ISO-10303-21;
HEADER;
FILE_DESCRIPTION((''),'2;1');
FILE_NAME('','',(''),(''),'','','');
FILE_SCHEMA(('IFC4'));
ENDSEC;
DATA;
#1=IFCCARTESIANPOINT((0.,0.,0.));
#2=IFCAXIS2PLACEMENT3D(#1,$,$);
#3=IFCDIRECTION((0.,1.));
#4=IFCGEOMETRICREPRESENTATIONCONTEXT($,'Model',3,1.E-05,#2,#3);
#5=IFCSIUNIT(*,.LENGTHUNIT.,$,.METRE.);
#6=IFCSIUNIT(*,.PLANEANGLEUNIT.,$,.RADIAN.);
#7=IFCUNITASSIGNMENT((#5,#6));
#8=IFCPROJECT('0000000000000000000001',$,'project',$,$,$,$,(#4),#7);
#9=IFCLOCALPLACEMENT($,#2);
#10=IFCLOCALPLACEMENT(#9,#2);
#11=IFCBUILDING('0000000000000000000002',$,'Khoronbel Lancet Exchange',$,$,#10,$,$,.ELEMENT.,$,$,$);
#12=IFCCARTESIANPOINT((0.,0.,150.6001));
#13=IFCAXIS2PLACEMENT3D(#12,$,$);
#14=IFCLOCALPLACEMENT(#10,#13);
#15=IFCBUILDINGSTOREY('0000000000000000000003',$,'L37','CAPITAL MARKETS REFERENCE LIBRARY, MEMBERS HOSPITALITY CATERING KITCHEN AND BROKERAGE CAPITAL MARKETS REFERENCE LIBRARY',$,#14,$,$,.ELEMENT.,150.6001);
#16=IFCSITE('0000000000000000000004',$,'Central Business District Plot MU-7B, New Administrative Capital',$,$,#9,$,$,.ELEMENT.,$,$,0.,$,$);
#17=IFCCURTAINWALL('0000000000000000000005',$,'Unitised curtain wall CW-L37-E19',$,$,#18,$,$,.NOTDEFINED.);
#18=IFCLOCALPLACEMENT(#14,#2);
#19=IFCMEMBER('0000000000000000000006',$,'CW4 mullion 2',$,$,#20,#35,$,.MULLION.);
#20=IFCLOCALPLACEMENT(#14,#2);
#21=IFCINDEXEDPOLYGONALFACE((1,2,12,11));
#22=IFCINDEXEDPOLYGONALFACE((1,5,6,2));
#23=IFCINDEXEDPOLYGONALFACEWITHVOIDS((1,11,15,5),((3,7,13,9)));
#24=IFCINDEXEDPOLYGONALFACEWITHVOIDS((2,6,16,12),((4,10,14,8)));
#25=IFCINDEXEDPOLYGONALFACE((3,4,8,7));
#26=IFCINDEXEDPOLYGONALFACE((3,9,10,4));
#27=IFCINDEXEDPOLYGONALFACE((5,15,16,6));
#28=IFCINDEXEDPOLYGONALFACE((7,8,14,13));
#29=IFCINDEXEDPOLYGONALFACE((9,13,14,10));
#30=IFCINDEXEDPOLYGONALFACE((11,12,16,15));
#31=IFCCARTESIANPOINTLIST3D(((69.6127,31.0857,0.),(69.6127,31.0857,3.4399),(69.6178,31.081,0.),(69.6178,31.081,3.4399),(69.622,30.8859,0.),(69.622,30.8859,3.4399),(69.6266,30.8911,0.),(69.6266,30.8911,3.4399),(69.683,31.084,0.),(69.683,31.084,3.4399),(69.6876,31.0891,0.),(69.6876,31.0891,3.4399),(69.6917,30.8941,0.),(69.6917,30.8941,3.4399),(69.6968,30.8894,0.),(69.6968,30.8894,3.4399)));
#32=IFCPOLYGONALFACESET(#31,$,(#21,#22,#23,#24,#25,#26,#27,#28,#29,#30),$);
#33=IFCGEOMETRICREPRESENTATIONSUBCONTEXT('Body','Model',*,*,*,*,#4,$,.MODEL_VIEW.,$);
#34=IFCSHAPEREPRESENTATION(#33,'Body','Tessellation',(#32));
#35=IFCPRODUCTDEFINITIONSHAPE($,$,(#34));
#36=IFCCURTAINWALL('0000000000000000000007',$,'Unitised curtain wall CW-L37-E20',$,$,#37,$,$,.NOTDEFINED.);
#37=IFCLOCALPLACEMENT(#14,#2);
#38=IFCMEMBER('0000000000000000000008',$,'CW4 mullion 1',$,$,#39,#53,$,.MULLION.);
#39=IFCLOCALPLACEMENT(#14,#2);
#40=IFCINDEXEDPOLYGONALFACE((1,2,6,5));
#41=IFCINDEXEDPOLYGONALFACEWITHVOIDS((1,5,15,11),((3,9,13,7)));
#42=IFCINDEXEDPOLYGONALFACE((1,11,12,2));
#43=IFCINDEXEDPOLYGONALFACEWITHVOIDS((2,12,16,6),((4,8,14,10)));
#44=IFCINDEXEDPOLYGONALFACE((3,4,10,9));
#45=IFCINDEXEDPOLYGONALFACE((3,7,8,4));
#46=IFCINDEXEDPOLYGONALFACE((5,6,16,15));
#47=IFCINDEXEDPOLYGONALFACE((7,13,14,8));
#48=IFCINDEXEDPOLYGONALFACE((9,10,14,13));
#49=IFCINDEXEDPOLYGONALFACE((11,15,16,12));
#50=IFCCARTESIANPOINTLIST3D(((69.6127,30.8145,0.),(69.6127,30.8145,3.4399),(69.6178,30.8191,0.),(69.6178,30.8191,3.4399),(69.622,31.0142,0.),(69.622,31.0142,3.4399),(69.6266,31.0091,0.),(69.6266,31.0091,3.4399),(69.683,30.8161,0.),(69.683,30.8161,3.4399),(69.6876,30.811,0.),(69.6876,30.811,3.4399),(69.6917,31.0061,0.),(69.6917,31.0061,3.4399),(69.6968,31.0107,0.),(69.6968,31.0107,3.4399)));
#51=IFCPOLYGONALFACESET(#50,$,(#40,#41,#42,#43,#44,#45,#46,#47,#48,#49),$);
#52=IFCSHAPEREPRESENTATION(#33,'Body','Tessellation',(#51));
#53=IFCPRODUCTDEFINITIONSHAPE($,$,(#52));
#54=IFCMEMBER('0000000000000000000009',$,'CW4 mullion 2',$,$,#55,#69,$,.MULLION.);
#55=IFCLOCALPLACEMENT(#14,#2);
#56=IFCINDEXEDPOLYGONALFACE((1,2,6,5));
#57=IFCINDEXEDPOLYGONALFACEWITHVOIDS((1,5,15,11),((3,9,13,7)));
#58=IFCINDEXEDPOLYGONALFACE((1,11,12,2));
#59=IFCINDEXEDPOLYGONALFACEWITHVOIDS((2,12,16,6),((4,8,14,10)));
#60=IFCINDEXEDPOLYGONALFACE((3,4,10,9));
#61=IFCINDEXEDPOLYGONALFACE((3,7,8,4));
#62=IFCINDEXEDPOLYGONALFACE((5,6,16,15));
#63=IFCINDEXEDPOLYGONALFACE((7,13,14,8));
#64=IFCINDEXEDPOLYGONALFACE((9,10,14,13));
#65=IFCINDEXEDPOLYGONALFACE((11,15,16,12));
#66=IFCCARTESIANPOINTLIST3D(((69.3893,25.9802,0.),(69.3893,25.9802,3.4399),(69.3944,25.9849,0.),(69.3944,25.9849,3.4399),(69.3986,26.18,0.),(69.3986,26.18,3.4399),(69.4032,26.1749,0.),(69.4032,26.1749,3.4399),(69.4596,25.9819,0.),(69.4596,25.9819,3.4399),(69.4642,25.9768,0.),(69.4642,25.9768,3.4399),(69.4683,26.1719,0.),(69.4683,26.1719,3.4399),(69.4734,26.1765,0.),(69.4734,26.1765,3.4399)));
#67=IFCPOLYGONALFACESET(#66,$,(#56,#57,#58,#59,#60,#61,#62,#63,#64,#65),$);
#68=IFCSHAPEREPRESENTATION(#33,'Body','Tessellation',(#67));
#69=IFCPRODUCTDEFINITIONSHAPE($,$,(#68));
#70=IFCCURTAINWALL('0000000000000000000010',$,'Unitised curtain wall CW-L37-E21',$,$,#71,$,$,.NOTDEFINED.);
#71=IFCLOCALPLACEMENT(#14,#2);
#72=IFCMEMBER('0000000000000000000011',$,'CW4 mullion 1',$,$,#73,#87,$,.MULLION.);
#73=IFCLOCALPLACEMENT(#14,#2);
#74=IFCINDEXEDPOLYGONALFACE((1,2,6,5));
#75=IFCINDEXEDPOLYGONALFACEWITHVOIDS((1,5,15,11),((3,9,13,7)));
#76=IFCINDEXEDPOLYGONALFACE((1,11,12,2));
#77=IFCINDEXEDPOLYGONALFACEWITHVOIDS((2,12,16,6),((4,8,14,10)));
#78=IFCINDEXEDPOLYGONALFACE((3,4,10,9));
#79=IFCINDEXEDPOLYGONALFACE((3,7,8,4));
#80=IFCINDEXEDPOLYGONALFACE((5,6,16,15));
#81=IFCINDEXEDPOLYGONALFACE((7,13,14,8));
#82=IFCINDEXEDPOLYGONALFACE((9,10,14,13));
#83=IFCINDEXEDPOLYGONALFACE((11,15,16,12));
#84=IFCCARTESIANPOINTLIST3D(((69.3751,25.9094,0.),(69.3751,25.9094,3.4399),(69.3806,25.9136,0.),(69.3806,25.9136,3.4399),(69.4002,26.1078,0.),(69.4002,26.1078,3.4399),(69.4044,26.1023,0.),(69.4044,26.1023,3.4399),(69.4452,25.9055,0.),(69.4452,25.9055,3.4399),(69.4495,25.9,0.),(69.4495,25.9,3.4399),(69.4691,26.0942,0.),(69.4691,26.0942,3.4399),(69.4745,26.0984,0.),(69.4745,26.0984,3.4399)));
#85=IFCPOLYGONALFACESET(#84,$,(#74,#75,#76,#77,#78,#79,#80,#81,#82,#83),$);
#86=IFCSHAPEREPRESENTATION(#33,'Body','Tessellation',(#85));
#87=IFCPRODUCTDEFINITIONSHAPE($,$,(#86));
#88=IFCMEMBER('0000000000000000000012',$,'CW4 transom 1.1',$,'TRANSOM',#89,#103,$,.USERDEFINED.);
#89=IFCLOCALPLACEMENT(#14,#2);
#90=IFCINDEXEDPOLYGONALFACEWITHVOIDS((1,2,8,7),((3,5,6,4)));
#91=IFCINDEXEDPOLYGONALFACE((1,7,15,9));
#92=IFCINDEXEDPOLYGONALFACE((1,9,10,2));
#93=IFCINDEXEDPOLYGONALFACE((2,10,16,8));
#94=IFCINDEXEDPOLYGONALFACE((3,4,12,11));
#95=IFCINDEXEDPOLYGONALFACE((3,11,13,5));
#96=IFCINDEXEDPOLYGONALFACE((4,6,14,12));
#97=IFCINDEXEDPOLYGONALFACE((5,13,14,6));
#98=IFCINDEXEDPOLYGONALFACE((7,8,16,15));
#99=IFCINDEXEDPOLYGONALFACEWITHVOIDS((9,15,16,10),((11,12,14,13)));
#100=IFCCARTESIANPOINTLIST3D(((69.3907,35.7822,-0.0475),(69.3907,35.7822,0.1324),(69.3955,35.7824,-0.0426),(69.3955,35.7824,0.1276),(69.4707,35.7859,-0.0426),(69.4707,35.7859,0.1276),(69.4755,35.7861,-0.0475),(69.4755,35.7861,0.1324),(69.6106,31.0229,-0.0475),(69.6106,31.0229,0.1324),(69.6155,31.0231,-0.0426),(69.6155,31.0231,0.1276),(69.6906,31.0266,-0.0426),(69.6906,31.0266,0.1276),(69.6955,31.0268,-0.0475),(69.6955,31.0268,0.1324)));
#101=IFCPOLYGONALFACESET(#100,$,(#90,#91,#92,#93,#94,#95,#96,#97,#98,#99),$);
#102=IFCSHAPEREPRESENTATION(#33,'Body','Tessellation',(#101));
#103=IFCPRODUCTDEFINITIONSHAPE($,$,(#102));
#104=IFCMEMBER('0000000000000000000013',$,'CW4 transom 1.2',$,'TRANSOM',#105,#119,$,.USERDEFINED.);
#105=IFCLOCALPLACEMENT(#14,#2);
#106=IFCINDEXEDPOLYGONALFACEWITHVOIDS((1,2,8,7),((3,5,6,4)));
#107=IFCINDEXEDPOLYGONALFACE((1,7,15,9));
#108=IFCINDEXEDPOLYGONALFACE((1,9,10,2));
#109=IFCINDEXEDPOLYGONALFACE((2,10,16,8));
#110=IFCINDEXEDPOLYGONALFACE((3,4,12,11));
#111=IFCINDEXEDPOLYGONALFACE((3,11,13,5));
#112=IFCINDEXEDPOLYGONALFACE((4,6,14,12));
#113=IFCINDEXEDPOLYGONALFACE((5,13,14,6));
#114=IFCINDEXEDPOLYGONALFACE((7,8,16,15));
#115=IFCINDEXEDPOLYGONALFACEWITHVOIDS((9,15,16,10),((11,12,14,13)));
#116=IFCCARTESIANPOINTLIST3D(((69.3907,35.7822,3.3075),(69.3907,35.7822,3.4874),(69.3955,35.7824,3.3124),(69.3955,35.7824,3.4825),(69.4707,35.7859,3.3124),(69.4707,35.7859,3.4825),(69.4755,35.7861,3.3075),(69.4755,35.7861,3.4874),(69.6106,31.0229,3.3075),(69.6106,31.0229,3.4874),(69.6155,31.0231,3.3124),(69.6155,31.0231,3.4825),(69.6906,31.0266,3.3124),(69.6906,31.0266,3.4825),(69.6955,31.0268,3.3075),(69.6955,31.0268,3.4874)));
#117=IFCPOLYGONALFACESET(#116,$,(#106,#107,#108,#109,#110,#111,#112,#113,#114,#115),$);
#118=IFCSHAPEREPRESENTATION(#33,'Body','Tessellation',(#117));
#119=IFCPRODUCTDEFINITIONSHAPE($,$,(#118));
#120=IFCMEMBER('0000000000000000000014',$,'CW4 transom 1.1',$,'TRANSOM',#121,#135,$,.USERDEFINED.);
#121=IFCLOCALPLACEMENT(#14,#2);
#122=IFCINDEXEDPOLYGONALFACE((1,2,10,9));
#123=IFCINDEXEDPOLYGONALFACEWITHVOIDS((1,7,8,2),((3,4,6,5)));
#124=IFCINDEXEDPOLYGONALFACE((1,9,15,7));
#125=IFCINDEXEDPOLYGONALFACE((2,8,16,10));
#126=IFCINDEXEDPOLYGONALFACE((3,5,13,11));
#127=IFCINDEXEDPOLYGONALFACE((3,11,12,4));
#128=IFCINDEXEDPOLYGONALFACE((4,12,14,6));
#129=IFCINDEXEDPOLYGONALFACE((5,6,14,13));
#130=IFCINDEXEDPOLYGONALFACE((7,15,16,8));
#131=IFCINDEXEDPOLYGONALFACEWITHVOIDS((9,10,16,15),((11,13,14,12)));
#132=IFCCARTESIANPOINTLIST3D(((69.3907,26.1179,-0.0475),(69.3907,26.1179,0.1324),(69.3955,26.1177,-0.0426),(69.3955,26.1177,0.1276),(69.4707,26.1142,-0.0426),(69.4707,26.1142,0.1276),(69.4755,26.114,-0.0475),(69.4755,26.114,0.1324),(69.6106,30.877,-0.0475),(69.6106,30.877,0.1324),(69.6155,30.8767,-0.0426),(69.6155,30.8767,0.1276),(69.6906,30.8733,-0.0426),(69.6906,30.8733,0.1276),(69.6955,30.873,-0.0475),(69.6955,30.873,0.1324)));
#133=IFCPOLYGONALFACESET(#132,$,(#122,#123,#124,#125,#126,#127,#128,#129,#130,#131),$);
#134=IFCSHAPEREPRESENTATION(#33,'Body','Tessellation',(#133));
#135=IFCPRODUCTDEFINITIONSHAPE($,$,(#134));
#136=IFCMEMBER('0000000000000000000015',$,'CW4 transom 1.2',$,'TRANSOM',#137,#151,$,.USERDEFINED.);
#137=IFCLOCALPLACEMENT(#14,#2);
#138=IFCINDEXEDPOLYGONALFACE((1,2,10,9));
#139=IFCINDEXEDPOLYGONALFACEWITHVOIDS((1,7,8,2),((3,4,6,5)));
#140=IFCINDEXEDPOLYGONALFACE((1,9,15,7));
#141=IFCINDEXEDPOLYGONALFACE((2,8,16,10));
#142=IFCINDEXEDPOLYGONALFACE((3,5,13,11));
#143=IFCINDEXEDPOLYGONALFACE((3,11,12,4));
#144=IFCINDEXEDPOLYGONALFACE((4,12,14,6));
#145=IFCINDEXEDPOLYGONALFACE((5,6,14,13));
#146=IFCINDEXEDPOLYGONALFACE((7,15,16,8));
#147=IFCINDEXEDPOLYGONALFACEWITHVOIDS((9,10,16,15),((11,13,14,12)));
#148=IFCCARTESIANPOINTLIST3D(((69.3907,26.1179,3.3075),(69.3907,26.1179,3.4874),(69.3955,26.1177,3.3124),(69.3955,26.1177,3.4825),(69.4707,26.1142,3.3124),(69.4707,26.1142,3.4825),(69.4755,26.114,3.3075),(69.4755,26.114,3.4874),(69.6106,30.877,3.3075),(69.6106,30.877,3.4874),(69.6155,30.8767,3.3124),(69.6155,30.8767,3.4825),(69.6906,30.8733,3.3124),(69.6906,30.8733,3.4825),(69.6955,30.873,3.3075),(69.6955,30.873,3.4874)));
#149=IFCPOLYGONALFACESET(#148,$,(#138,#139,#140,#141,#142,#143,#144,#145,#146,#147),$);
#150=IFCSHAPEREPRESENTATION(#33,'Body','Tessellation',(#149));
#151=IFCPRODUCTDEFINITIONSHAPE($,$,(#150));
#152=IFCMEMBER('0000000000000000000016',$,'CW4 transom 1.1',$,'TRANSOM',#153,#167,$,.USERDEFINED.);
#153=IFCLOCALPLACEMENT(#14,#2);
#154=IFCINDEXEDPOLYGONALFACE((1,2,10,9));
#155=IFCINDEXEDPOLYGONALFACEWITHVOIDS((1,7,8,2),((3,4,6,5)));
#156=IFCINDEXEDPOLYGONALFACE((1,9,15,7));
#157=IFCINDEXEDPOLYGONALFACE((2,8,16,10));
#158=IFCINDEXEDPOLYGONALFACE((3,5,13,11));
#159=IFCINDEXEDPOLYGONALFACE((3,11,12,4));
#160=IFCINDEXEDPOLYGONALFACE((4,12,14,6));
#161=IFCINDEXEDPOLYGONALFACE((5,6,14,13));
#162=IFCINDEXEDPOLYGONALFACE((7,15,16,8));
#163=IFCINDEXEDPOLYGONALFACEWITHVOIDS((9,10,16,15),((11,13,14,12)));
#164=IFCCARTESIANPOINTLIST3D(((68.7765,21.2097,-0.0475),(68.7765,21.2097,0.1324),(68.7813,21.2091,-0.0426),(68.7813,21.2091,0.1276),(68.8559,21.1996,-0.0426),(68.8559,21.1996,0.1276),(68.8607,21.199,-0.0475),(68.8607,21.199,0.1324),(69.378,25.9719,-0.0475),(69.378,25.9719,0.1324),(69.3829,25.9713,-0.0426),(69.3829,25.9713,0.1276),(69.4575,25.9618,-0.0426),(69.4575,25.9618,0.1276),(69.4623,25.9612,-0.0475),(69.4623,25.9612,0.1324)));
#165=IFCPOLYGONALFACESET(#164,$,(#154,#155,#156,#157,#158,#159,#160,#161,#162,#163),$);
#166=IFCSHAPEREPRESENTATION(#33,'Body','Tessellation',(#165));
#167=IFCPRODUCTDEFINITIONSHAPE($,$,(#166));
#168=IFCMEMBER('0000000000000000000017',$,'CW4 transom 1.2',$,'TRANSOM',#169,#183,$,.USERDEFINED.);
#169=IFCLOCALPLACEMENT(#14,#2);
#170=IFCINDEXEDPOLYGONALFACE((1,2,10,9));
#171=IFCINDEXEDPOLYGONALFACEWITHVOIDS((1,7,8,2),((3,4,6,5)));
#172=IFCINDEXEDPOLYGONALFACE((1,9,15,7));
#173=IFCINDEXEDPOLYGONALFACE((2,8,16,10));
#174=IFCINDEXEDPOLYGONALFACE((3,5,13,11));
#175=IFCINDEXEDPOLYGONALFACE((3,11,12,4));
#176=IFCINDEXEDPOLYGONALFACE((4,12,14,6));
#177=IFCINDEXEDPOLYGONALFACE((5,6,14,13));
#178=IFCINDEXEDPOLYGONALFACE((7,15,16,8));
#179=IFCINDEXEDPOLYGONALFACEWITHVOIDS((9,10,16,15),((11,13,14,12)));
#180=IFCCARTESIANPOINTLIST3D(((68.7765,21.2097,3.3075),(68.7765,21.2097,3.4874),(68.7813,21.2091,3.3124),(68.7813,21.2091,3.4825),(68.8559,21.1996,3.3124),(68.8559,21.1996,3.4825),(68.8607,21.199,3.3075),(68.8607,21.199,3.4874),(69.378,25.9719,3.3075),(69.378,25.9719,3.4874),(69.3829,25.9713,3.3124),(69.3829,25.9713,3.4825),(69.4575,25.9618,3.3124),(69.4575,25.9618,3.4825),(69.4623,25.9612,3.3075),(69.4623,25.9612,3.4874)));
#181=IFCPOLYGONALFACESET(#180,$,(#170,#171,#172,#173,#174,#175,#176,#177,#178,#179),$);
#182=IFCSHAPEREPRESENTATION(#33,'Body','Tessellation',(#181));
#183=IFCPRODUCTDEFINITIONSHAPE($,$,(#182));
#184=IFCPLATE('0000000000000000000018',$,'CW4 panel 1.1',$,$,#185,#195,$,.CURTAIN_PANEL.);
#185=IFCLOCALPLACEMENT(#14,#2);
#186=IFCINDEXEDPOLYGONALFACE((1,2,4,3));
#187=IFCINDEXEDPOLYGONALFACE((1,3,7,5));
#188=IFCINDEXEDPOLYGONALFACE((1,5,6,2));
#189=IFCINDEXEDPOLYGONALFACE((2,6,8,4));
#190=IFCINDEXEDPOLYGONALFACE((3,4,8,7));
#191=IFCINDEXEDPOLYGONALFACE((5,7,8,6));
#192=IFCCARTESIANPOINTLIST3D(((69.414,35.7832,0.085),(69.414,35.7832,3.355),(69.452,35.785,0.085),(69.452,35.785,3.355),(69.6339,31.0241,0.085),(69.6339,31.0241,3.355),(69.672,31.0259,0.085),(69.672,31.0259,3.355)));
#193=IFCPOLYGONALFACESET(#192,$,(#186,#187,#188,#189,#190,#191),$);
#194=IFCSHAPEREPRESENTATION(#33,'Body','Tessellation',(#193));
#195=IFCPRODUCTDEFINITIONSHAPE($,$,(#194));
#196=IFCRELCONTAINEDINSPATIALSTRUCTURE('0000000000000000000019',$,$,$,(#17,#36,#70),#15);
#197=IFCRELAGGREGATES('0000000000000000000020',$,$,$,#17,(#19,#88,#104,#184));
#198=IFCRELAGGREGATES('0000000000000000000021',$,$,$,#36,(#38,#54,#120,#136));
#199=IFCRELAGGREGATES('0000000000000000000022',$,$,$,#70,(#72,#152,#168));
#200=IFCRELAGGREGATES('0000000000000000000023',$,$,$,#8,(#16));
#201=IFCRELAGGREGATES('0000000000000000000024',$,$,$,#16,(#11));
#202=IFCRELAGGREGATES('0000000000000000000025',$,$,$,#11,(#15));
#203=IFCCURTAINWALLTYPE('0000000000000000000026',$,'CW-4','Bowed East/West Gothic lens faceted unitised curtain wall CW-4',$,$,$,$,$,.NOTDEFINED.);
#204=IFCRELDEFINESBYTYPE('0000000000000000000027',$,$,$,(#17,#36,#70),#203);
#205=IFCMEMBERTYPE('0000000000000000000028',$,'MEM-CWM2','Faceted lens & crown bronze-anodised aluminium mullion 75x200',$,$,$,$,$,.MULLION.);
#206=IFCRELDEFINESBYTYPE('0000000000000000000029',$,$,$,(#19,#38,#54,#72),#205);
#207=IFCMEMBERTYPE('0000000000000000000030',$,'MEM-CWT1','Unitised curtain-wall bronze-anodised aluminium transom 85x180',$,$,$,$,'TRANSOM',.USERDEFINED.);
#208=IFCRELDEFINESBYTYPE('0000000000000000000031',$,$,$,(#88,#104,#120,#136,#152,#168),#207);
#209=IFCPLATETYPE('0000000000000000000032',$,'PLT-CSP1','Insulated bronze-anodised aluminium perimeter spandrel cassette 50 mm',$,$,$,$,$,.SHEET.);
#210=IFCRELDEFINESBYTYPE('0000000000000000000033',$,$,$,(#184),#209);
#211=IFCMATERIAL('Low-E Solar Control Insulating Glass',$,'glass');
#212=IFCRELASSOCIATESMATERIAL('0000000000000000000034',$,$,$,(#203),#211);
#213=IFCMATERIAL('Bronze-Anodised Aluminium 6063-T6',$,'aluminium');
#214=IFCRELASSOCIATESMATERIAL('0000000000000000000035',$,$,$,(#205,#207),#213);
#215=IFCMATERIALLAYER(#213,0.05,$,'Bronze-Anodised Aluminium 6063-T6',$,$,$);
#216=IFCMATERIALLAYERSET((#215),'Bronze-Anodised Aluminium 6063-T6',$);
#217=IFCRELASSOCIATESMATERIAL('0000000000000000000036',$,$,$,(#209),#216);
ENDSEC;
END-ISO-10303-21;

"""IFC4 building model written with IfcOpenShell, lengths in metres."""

from ifc_helpers import new_model, si_unit, direction, frame, origin, origin_2d, place, context, subcontext, project, spatial, rectangle, hollow_rectangle, extrude, material, layer, layer_set, material_profile, profile_set, type_object, element, aggregate, save


model = new_model("IFC4")

# Units and contexts
model_context = context("Model", 3, precision=1e-05, world=origin(), true_north=direction((0.0, 1.0)))
body_context = subcontext(model_context, "Body", "Model", "MODEL_VIEW")
ifc_project = project(units=[si_unit("LENGTHUNIT", "METRE"), si_unit("PLANEANGLEUNIT", "RADIAN")], contexts=[model_context])

# Site, building, storey
site_placement = place(None, origin())
site = spatial("IfcSite", under=ifc_project, at=site_placement, Name="Central Business District Plot MU-7B, New Administrative Capital", CompositionType="ELEMENT", RefElevation=0.0)
building_placement = place(site_placement, origin())
building = spatial("IfcBuilding", under=site, at=building_placement, Name="Khoronbel Lancet Exchange", CompositionType="ELEMENT")
storey_placement = place(building_placement, frame((0.0, 0.0, 150.6001)))
storey = spatial("IfcBuildingStorey", under=building, at=storey_placement, Name="L37", Description="CAPITAL MARKETS REFERENCE LIBRARY, MEMBERS HOSPITALITY CATERING KITCHEN AND BROKERAGE CAPITAL MARKETS REFERENCE LIBRARY", CompositionType="ELEMENT", Elevation=150.6001)

# Shared definitions
ifc_material_1 = material(Name="Low-E Solar Control Insulating Glass", Category="glass")
curtain_wall_type = type_object("IfcCurtainWallType", Name="CW-4", Description="Bowed East/West Gothic lens faceted unitised curtain wall CW-4", PredefinedType="NOTDEFINED", material=ifc_material_1)
ifc_material_2 = material(Name="Bronze-Anodised Aluminium 6063-T6", Category="aluminium")
ifc_material_profile_1 = material_profile(ifc_material_2, hollow_rectangle(XDim=0.075, YDim=0.2, WallThickness=0.0049, at=origin_2d()), Name="ALU MULLION 75x200")
ifc_profile_set_1 = profile_set([ifc_material_profile_1], Name="Bronze-Anodised Aluminium 6063-T6")
member_type_1 = type_object("IfcMemberType", Name="MEM-CWM2", Description="Faceted lens & crown bronze-anodised aluminium mullion 75x200", PredefinedType="MULLION", material=ifc_profile_set_1)

# Curtain walls, members
curtain_wall_1_placement = place(storey_placement, origin())
curtain_wall_1 = element("IfcCurtainWall", 1, at=curtain_wall_1_placement, inside=storey, type_object=curtain_wall_type, Name="Unitised curtain wall CW-L37-E19", PredefinedType="NOTDEFINED")
member_1_placement = place(storey_placement, frame((69.6548, 30.9875, 0.0), z_axis=(0.0, 0.0, 1.0), x_axis=(0.998934, 0.046172, 0.0)))
member_1 = element("IfcMember", 2, at=member_1_placement, type_object=member_type_1, Name="CW4 mullion 2", PredefinedType="MULLION", context=body_context, shape_type="SweptSolid", body=[
    extrude(hollow_rectangle(XDim=0.075, YDim=0.2, WallThickness=0.0049, at=origin_2d()), origin(), (0.0, 0.0, 1.0), 3.4399),
])
curtain_wall_2_placement = place(storey_placement, origin())
curtain_wall_2 = element("IfcCurtainWall", 3, at=curtain_wall_2_placement, inside=storey, type_object=curtain_wall_type, Name="Unitised curtain wall CW-L37-E20", PredefinedType="NOTDEFINED")
member_2_placement = place(storey_placement, frame((69.6548, 30.9126, 0.0), z_axis=(0.0, 0.0, 1.0), x_axis=(0.998934, -0.046172, 0.0)))
member_2 = element("IfcMember", 4, at=member_2_placement, type_object=member_type_1, Name="CW4 mullion 1", PredefinedType="MULLION", context=body_context, shape_type="SweptSolid", body=[
    extrude(hollow_rectangle(XDim=0.075, YDim=0.2, WallThickness=0.0049, at=origin_2d()), origin(), (0.0, 0.0, 1.0), 3.4399),
])
member_3_placement = place(storey_placement, frame((69.4314, 26.0784, 0.0), z_axis=(0.0, 0.0, 1.0), x_axis=(0.998934, -0.046172, 0.0)))
member_3 = element("IfcMember", 5, at=member_3_placement, type_object=member_type_1, Name="CW4 mullion 2", PredefinedType="MULLION", context=body_context, shape_type="SweptSolid", body=[
    extrude(hollow_rectangle(XDim=0.075, YDim=0.2, WallThickness=0.0049, at=origin_2d()), origin(), (0.0, 0.0, 1.0), 3.4399),
])

# Curtain wall, member
curtain_wall_3_placement = place(storey_placement, origin())
curtain_wall_3 = element("IfcCurtainWall", 6, at=curtain_wall_3_placement, inside=storey, type_object=curtain_wall_type, Name="Unitised curtain wall CW-L37-E21", PredefinedType="NOTDEFINED")
member_4_placement = place(storey_placement, frame((69.4248, 26.0039, 0.0), z_axis=(0.0, 0.0, 1.0), x_axis=(0.992117, -0.125313, 0.0)))
member_4 = element("IfcMember", 7, at=member_4_placement, type_object=member_type_1, Name="CW4 mullion 1", PredefinedType="MULLION", context=body_context, shape_type="SweptSolid", body=[
    extrude(hollow_rectangle(XDim=0.075, YDim=0.2, WallThickness=0.0049, at=origin_2d()), origin(), (0.0, 0.0, 1.0), 3.4399),
])

# Members
ifc_material_profile_2 = material_profile(ifc_material_2, hollow_rectangle(XDim=0.085, YDim=0.1799, WallThickness=0.0049, at=origin_2d()), Name="ALU TRANSOM 85x180")
ifc_profile_set_2 = profile_set([ifc_material_profile_2], Name="Bronze-Anodised Aluminium 6063-T6")
member_type_2 = type_object("IfcMemberType", Name="MEM-CWT1", Description="Unitised curtain-wall bronze-anodised aluminium transom 85x180", ElementType="TRANSOM", PredefinedType="USERDEFINED", material=ifc_profile_set_2)
member_5_placement = place(storey_placement, frame((69.4331, 35.7842, 0.0425), z_axis=(0.04617, -0.998934, 0.0), x_axis=(0.998934, 0.04617, 0.0)))
member_5 = element("IfcMember", 8, at=member_5_placement, type_object=member_type_2, Name="CW4 transom 1.1", ObjectType="TRANSOM", PredefinedType="USERDEFINED", context=body_context, shape_type="SweptSolid", body=[
    extrude(hollow_rectangle(XDim=0.085, YDim=0.1799, WallThickness=0.0049, at=origin_2d()), origin(), (0.0, 0.0, 1.0), 4.7644),
])
member_6_placement = place(storey_placement, frame((69.4331, 35.7842, 3.3975), z_axis=(0.04617, -0.998934, 0.0), x_axis=(0.998934, 0.04617, 0.0)))
member_6 = element("IfcMember", 9, at=member_6_placement, type_object=member_type_2, Name="CW4 transom 1.2", ObjectType="TRANSOM", PredefinedType="USERDEFINED", context=body_context, shape_type="SweptSolid", body=[
    extrude(hollow_rectangle(XDim=0.085, YDim=0.1799, WallThickness=0.0049, at=origin_2d()), origin(), (0.0, 0.0, 1.0), 4.7644),
])
member_7_placement = place(storey_placement, frame((69.6531, 30.875, 0.0425), z_axis=(-0.046172, -0.998933, 0.0), x_axis=(0.998933, -0.046172, 0.0)))
member_7 = element("IfcMember", 10, at=member_7_placement, type_object=member_type_2, Name="CW4 transom 1.1", ObjectType="TRANSOM", PredefinedType="USERDEFINED", context=body_context, shape_type="SweptSolid", body=[
    extrude(hollow_rectangle(XDim=0.085, YDim=0.1799, WallThickness=0.0049, at=origin_2d()), origin(), (0.0, 0.0, 1.0), 4.7642),
])
member_8_placement = place(storey_placement, frame((69.6531, 30.875, 3.3975), z_axis=(-0.046172, -0.998933, 0.0), x_axis=(0.998933, -0.046172, 0.0)))
member_8 = element("IfcMember", 11, at=member_8_placement, type_object=member_type_2, Name="CW4 transom 1.2", ObjectType="TRANSOM", PredefinedType="USERDEFINED", context=body_context, shape_type="SweptSolid", body=[
    extrude(hollow_rectangle(XDim=0.085, YDim=0.1799, WallThickness=0.0049, at=origin_2d()), origin(), (0.0, 0.0, 1.0), 4.7642),
])
member_9_placement = place(storey_placement, frame((69.4202, 25.9666, 0.0425), z_axis=(-0.125324, -0.992116, 0.0), x_axis=(0.992116, -0.125324, 0.0)))
member_9 = element("IfcMember", 12, at=member_9_placement, type_object=member_type_2, Name="CW4 transom 1.1", ObjectType="TRANSOM", PredefinedType="USERDEFINED", context=body_context, shape_type="SweptSolid", body=[
    extrude(hollow_rectangle(XDim=0.085, YDim=0.1799, WallThickness=0.0049, at=origin_2d()), origin(), (0.0, 0.0, 1.0), 4.8),
])
member_10_placement = place(storey_placement, frame((69.4202, 25.9666, 3.3975), z_axis=(-0.125324, -0.992116, 0.0), x_axis=(0.992116, -0.125324, 0.0)))
member_10 = element("IfcMember", 13, at=member_10_placement, type_object=member_type_2, Name="CW4 transom 1.2", ObjectType="TRANSOM", PredefinedType="USERDEFINED", context=body_context, shape_type="SweptSolid", body=[
    extrude(hollow_rectangle(XDim=0.085, YDim=0.1799, WallThickness=0.0049, at=origin_2d()), origin(), (0.0, 0.0, 1.0), 4.8),
])

# Plate
ifc_layer_1 = layer(ifc_material_2, 0.05, Name="Bronze-Anodised Aluminium 6063-T6")
ifc_layer_set_1 = layer_set([ifc_layer_1], Name="Bronze-Anodised Aluminium 6063-T6")
plate_type = type_object("IfcPlateType", Name="PLT-CSP1", Description="Insulated bronze-anodised aluminium perimeter spandrel cassette 50 mm", PredefinedType="SHEET", material=ifc_layer_set_1)
plate_1_placement = place(storey_placement, frame((69.543, 33.4045, 0.085), z_axis=(0.0, 0.0, 1.0), x_axis=(0.046172, -0.998934, 0.0)))
plate_1 = element("IfcPlate", 14, at=plate_1_placement, type_object=plate_type, Name="CW4 panel 1.1", PredefinedType="CURTAIN_PANEL", context=body_context, shape_type="SweptSolid", body=[
    extrude(rectangle(XDim=4.7642, YDim=0.0381, at=origin_2d()), origin(), (0.0, 0.0, 1.0), 3.27),
])
aggregate(curtain_wall_1, [member_1, member_5, member_6, plate_1])
aggregate(curtain_wall_2, [member_2, member_3, member_7, member_8])
aggregate(curtain_wall_3, [member_4, member_9, member_10])

save(model, "model.ifc")
